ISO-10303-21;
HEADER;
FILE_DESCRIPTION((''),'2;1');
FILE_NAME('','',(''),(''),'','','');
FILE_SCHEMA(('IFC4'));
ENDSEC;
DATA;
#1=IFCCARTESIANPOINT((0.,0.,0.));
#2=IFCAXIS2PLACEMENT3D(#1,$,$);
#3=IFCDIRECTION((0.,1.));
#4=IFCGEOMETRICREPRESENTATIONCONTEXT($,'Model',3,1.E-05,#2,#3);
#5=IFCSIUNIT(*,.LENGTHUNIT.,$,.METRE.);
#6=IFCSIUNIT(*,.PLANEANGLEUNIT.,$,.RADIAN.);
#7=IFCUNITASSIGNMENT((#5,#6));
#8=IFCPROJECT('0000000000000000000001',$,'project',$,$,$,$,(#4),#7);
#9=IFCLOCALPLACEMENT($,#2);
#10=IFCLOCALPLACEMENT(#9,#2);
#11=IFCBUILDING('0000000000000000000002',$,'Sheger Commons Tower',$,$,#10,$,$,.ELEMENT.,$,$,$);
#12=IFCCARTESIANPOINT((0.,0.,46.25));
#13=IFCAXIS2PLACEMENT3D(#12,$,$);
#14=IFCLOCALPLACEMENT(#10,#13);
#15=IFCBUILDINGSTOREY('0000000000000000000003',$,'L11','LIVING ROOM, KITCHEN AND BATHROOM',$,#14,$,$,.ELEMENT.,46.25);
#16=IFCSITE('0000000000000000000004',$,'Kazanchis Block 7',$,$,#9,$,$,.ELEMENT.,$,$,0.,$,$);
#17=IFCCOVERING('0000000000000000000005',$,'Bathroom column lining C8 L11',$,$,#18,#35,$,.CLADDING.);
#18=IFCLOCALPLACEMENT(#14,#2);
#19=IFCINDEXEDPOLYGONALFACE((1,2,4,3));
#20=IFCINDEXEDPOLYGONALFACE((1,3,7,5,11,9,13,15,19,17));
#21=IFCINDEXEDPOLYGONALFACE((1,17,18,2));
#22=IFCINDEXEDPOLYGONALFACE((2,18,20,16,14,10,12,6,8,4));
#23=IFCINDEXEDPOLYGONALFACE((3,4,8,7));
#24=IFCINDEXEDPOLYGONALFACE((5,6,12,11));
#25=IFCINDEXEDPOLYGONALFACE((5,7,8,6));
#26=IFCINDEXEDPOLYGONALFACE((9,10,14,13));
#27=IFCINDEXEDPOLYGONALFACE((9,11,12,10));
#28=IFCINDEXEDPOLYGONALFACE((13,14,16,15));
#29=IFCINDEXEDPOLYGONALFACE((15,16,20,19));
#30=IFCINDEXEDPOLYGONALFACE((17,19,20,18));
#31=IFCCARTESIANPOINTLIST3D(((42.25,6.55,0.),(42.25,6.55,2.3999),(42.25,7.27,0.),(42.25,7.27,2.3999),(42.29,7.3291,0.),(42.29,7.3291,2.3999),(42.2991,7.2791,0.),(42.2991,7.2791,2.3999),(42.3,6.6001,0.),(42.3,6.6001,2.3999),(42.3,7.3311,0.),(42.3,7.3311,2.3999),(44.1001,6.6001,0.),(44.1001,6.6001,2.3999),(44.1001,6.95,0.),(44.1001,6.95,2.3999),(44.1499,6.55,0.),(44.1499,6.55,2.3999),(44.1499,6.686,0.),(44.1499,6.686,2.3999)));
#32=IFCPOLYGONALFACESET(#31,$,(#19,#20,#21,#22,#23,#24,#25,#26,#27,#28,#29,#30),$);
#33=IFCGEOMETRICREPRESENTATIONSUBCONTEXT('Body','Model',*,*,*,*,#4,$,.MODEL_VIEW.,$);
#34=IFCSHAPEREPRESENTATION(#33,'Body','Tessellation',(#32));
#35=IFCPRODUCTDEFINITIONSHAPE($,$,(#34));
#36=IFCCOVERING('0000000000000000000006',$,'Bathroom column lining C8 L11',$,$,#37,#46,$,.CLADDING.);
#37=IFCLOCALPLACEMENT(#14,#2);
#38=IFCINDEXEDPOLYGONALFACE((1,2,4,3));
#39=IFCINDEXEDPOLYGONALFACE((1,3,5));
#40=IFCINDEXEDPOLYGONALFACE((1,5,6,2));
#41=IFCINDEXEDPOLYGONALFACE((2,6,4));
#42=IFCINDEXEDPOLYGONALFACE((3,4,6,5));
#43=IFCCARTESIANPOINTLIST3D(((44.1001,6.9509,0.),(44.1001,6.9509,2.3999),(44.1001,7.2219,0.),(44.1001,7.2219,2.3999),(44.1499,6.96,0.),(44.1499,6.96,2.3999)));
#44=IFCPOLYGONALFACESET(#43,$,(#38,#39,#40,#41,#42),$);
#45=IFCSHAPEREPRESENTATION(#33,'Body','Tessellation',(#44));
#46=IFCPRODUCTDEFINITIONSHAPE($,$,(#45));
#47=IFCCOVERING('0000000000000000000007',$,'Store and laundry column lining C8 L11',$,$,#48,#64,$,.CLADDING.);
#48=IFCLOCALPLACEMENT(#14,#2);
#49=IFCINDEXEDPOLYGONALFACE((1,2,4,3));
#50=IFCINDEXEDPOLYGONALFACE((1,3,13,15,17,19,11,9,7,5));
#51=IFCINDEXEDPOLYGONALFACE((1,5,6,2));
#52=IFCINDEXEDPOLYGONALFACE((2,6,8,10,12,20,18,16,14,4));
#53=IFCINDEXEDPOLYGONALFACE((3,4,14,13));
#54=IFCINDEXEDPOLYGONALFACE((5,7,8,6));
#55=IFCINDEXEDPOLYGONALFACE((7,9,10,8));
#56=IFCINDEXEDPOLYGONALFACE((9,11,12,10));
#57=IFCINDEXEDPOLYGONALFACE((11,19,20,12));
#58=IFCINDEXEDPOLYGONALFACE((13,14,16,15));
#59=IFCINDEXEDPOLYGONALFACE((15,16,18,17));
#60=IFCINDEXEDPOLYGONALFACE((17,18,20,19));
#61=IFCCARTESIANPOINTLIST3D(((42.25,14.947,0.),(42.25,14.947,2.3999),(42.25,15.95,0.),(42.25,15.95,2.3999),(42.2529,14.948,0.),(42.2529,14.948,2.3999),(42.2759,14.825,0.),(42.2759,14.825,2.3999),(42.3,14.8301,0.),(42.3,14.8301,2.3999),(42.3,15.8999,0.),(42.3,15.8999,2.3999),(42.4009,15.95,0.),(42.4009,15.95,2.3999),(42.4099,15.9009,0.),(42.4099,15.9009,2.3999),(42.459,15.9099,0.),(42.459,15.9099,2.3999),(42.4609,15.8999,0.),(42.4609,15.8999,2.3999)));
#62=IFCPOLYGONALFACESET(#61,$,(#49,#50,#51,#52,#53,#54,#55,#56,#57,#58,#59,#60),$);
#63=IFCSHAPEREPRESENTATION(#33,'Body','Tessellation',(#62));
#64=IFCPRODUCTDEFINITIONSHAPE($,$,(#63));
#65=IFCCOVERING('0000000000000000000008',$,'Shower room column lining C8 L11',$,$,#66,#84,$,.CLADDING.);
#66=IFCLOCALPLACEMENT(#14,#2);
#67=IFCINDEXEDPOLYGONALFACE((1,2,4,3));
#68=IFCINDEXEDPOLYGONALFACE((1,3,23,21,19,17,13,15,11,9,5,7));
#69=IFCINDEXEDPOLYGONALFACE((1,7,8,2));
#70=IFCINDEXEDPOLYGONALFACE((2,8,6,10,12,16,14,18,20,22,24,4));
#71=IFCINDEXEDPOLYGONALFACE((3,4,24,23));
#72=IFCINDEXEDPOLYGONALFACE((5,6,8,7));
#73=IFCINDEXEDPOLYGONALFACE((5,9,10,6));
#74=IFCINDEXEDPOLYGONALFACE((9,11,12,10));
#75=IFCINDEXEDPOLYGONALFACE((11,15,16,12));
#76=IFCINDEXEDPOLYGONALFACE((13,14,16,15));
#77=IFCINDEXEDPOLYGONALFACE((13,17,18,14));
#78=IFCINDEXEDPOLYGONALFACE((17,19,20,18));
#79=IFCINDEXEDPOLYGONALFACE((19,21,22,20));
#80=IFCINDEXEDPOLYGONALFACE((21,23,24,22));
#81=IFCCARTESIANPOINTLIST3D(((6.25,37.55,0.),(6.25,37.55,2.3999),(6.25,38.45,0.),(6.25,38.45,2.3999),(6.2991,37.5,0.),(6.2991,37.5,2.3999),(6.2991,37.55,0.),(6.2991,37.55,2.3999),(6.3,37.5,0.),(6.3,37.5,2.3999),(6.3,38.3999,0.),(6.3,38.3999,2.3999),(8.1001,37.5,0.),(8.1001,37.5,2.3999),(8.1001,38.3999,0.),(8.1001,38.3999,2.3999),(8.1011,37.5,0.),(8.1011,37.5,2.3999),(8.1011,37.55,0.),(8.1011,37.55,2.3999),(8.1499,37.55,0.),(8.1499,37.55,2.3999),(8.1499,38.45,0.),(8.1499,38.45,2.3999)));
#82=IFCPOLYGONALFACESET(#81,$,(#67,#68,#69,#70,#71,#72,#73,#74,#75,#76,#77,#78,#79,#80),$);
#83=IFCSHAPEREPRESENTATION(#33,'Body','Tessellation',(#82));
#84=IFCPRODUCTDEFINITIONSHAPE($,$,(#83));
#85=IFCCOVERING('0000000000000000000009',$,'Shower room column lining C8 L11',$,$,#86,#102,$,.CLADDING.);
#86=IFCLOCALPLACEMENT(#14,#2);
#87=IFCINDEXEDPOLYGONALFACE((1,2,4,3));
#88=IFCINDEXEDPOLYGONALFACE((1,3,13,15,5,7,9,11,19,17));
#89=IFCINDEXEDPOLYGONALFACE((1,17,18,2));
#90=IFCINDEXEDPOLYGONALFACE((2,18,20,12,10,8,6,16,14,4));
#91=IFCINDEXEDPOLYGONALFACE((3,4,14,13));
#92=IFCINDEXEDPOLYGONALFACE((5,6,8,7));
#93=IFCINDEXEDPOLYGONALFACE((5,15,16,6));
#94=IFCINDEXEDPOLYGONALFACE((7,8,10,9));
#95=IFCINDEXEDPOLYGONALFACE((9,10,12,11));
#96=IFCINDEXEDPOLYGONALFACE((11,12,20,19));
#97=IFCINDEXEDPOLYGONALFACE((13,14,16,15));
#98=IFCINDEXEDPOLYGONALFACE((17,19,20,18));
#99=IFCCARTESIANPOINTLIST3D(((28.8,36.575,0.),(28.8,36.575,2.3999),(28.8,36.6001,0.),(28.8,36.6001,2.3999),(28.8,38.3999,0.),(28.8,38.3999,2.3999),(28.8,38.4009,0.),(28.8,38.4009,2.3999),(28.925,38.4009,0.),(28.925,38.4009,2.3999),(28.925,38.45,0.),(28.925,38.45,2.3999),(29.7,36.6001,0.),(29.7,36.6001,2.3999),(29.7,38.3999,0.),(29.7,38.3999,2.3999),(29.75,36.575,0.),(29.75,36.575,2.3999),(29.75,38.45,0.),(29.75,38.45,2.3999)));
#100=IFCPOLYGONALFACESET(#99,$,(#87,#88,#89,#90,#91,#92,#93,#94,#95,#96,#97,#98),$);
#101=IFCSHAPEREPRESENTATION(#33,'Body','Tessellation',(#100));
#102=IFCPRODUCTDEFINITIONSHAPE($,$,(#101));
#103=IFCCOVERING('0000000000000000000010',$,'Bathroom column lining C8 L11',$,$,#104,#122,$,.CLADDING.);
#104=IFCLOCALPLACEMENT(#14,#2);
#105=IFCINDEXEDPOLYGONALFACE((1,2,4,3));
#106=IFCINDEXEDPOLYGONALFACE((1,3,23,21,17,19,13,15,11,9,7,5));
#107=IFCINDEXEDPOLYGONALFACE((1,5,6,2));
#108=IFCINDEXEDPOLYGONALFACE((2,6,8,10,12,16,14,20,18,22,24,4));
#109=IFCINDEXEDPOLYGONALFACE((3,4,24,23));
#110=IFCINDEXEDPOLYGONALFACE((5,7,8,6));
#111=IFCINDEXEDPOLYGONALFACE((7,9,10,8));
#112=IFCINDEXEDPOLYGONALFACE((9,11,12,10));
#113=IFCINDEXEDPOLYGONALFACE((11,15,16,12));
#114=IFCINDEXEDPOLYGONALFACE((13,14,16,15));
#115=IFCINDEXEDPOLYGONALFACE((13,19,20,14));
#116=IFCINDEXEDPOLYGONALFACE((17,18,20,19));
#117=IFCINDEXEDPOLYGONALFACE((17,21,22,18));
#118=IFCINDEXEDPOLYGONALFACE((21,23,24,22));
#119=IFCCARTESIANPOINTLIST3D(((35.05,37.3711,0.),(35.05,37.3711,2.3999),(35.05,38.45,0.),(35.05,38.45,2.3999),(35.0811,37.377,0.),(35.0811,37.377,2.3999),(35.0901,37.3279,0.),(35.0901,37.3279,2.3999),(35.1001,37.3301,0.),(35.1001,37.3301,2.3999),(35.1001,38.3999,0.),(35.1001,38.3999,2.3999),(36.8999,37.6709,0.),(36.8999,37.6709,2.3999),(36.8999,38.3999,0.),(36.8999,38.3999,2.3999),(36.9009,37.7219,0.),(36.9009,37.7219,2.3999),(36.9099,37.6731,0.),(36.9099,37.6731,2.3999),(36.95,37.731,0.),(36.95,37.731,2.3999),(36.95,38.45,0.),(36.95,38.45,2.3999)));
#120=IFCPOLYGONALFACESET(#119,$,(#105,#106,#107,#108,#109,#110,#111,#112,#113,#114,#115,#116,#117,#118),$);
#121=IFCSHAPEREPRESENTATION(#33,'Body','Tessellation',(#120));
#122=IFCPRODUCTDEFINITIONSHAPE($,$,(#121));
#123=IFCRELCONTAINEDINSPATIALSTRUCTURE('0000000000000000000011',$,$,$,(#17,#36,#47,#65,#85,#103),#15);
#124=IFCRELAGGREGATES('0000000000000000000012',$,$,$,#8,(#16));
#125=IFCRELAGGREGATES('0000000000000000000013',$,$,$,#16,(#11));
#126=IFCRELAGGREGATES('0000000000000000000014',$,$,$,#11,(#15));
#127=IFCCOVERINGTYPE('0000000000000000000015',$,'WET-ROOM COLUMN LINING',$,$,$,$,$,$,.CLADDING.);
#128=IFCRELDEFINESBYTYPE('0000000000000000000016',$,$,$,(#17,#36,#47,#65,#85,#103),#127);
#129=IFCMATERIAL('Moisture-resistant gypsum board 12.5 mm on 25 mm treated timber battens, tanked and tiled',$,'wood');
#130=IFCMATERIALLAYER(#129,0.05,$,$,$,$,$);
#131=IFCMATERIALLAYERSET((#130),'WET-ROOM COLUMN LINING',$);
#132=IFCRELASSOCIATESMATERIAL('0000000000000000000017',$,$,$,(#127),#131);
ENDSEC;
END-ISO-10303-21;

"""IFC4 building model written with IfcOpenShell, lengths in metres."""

from ifc_helpers import new_model, si_unit, direction, frame, origin, place, context, subcontext, project, spatial, polyline, outline, extrude, material, layer, layer_set, type_object, element, save


model = new_model("IFC4")

# Units and contexts
model_context = context("Model", 3, precision=1e-05, world=origin(), true_north=direction((0.0, 1.0)))
body_context = subcontext(model_context, "Body", "Model", "MODEL_VIEW")
ifc_project = project(units=[si_unit("LENGTHUNIT", "METRE"), si_unit("PLANEANGLEUNIT", "RADIAN")], contexts=[model_context])

# Site, building, storey
site_placement = place(None, origin())
site = spatial("IfcSite", under=ifc_project, at=site_placement, Name="Kazanchis Block 7", CompositionType="ELEMENT", RefElevation=0.0)
building_placement = place(site_placement, origin())
building = spatial("IfcBuilding", under=site, at=building_placement, Name="Sheger Commons Tower", CompositionType="ELEMENT")
storey_placement = place(building_placement, frame((0.0, 0.0, 46.25)))
storey = spatial("IfcBuildingStorey", under=building, at=storey_placement, Name="L11", Description="LIVING ROOM, KITCHEN AND BATHROOM", CompositionType="ELEMENT", Elevation=46.25)

# Coverings
ifc_material_1 = material(Name="Moisture-resistant gypsum board 12.5 mm on 25 mm treated timber battens, tanked and tiled", Category="wood")
ifc_layer_1 = layer(ifc_material_1, 0.05)
ifc_layer_set_1 = layer_set([ifc_layer_1], Name="WET-ROOM COLUMN LINING")
covering_type_1 = type_object("IfcCoveringType", Name="WET-ROOM COLUMN LINING", PredefinedType="CLADDING", material=ifc_layer_set_1)
covering_1_placement = place(storey_placement, origin())
element("IfcCovering", 1, at=covering_1_placement, inside=storey, type_object=covering_type_1, Name="Bathroom column lining C8 L11", PredefinedType="CLADDING", context=body_context, shape_type="SweptSolid", body=[
    extrude(outline(polyline([(42.3, 7.3311), (42.3, 6.6001), (44.1001, 6.6001), (44.1001, 6.95), (44.1499, 6.686), (44.1499, 6.55), (42.25, 6.55), (42.25, 7.27), (42.2991, 7.2791), (42.29, 7.3291), (42.3, 7.3311)])), origin(), (0.0, 0.0, 1.0), 2.3999),
])
covering_2_placement = place(storey_placement, origin())
element("IfcCovering", 2, at=covering_2_placement, inside=storey, type_object=covering_type_1, Name="Bathroom column lining C8 L11", PredefinedType="CLADDING", context=body_context, shape_type="SweptSolid", body=[
    extrude(outline(polyline([(44.1001, 7.2219), (44.1499, 6.96), (44.1001, 6.9509), (44.1001, 7.2219)])), origin(), (0.0, 0.0, 1.0), 2.3999),
])
covering_3_placement = place(storey_placement, origin())
element("IfcCovering", 3, at=covering_3_placement, inside=storey, type_object=covering_type_1, Name="Store and laundry column lining C8 L11", PredefinedType="CLADDING", context=body_context, shape_type="SweptSolid", body=[
    extrude(outline(polyline([(42.4009, 15.95), (42.4099, 15.9009), (42.459, 15.9099), (42.4609, 15.8999), (42.3, 15.8999), (42.3, 14.8301), (42.2759, 14.825), (42.2529, 14.948), (42.25, 14.947), (42.25, 15.95), (42.4009, 15.95)])), origin(), (0.0, 0.0, 1.0), 2.3999),
])
covering_4_placement = place(storey_placement, origin())
element("IfcCovering", 4, at=covering_4_placement, inside=storey, type_object=covering_type_1, Name="Shower room column lining C8 L11", PredefinedType="CLADDING", context=body_context, shape_type="SweptSolid", body=[
    extrude(outline(polyline([(8.1499, 38.45), (8.1499, 37.55), (8.1011, 37.55), (8.1011, 37.5), (8.1001, 37.5), (8.1001, 38.3999), (6.3, 38.3999), (6.3, 37.5), (6.2991, 37.5), (6.2991, 37.55), (6.25, 37.55), (6.25, 38.45), (8.1499, 38.45)])), origin(), (0.0, 0.0, 1.0), 2.3999),
])
covering_5_placement = place(storey_placement, origin())
element("IfcCovering", 5, at=covering_5_placement, inside=storey, type_object=covering_type_1, Name="Shower room column lining C8 L11", PredefinedType="CLADDING", context=body_context, shape_type="SweptSolid", body=[
    extrude(outline(polyline([(29.75, 36.575), (28.8, 36.575), (28.8, 36.6001), (29.7, 36.6001), (29.7, 38.3999), (28.8, 38.3999), (28.8, 38.4009), (28.925, 38.4009), (28.925, 38.45), (29.75, 38.45), (29.75, 36.575)])), origin(), (0.0, 0.0, 1.0), 2.3999),
])
covering_6_placement = place(storey_placement, origin())
element("IfcCovering", 6, at=covering_6_placement, inside=storey, type_object=covering_type_1, Name="Bathroom column lining C8 L11", PredefinedType="CLADDING", context=body_context, shape_type="SweptSolid", body=[
    extrude(outline(polyline([(36.95, 38.45), (36.95, 37.731), (36.9009, 37.7219), (36.9099, 37.6731), (36.8999, 37.6709), (36.8999, 38.3999), (35.1001, 38.3999), (35.1001, 37.3301), (35.0901, 37.3279), (35.0811, 37.377), (35.05, 37.3711), (35.05, 38.45), (36.95, 38.45)])), origin(), (0.0, 0.0, 1.0), 2.3999),
])

save(model, "model.ifc")
